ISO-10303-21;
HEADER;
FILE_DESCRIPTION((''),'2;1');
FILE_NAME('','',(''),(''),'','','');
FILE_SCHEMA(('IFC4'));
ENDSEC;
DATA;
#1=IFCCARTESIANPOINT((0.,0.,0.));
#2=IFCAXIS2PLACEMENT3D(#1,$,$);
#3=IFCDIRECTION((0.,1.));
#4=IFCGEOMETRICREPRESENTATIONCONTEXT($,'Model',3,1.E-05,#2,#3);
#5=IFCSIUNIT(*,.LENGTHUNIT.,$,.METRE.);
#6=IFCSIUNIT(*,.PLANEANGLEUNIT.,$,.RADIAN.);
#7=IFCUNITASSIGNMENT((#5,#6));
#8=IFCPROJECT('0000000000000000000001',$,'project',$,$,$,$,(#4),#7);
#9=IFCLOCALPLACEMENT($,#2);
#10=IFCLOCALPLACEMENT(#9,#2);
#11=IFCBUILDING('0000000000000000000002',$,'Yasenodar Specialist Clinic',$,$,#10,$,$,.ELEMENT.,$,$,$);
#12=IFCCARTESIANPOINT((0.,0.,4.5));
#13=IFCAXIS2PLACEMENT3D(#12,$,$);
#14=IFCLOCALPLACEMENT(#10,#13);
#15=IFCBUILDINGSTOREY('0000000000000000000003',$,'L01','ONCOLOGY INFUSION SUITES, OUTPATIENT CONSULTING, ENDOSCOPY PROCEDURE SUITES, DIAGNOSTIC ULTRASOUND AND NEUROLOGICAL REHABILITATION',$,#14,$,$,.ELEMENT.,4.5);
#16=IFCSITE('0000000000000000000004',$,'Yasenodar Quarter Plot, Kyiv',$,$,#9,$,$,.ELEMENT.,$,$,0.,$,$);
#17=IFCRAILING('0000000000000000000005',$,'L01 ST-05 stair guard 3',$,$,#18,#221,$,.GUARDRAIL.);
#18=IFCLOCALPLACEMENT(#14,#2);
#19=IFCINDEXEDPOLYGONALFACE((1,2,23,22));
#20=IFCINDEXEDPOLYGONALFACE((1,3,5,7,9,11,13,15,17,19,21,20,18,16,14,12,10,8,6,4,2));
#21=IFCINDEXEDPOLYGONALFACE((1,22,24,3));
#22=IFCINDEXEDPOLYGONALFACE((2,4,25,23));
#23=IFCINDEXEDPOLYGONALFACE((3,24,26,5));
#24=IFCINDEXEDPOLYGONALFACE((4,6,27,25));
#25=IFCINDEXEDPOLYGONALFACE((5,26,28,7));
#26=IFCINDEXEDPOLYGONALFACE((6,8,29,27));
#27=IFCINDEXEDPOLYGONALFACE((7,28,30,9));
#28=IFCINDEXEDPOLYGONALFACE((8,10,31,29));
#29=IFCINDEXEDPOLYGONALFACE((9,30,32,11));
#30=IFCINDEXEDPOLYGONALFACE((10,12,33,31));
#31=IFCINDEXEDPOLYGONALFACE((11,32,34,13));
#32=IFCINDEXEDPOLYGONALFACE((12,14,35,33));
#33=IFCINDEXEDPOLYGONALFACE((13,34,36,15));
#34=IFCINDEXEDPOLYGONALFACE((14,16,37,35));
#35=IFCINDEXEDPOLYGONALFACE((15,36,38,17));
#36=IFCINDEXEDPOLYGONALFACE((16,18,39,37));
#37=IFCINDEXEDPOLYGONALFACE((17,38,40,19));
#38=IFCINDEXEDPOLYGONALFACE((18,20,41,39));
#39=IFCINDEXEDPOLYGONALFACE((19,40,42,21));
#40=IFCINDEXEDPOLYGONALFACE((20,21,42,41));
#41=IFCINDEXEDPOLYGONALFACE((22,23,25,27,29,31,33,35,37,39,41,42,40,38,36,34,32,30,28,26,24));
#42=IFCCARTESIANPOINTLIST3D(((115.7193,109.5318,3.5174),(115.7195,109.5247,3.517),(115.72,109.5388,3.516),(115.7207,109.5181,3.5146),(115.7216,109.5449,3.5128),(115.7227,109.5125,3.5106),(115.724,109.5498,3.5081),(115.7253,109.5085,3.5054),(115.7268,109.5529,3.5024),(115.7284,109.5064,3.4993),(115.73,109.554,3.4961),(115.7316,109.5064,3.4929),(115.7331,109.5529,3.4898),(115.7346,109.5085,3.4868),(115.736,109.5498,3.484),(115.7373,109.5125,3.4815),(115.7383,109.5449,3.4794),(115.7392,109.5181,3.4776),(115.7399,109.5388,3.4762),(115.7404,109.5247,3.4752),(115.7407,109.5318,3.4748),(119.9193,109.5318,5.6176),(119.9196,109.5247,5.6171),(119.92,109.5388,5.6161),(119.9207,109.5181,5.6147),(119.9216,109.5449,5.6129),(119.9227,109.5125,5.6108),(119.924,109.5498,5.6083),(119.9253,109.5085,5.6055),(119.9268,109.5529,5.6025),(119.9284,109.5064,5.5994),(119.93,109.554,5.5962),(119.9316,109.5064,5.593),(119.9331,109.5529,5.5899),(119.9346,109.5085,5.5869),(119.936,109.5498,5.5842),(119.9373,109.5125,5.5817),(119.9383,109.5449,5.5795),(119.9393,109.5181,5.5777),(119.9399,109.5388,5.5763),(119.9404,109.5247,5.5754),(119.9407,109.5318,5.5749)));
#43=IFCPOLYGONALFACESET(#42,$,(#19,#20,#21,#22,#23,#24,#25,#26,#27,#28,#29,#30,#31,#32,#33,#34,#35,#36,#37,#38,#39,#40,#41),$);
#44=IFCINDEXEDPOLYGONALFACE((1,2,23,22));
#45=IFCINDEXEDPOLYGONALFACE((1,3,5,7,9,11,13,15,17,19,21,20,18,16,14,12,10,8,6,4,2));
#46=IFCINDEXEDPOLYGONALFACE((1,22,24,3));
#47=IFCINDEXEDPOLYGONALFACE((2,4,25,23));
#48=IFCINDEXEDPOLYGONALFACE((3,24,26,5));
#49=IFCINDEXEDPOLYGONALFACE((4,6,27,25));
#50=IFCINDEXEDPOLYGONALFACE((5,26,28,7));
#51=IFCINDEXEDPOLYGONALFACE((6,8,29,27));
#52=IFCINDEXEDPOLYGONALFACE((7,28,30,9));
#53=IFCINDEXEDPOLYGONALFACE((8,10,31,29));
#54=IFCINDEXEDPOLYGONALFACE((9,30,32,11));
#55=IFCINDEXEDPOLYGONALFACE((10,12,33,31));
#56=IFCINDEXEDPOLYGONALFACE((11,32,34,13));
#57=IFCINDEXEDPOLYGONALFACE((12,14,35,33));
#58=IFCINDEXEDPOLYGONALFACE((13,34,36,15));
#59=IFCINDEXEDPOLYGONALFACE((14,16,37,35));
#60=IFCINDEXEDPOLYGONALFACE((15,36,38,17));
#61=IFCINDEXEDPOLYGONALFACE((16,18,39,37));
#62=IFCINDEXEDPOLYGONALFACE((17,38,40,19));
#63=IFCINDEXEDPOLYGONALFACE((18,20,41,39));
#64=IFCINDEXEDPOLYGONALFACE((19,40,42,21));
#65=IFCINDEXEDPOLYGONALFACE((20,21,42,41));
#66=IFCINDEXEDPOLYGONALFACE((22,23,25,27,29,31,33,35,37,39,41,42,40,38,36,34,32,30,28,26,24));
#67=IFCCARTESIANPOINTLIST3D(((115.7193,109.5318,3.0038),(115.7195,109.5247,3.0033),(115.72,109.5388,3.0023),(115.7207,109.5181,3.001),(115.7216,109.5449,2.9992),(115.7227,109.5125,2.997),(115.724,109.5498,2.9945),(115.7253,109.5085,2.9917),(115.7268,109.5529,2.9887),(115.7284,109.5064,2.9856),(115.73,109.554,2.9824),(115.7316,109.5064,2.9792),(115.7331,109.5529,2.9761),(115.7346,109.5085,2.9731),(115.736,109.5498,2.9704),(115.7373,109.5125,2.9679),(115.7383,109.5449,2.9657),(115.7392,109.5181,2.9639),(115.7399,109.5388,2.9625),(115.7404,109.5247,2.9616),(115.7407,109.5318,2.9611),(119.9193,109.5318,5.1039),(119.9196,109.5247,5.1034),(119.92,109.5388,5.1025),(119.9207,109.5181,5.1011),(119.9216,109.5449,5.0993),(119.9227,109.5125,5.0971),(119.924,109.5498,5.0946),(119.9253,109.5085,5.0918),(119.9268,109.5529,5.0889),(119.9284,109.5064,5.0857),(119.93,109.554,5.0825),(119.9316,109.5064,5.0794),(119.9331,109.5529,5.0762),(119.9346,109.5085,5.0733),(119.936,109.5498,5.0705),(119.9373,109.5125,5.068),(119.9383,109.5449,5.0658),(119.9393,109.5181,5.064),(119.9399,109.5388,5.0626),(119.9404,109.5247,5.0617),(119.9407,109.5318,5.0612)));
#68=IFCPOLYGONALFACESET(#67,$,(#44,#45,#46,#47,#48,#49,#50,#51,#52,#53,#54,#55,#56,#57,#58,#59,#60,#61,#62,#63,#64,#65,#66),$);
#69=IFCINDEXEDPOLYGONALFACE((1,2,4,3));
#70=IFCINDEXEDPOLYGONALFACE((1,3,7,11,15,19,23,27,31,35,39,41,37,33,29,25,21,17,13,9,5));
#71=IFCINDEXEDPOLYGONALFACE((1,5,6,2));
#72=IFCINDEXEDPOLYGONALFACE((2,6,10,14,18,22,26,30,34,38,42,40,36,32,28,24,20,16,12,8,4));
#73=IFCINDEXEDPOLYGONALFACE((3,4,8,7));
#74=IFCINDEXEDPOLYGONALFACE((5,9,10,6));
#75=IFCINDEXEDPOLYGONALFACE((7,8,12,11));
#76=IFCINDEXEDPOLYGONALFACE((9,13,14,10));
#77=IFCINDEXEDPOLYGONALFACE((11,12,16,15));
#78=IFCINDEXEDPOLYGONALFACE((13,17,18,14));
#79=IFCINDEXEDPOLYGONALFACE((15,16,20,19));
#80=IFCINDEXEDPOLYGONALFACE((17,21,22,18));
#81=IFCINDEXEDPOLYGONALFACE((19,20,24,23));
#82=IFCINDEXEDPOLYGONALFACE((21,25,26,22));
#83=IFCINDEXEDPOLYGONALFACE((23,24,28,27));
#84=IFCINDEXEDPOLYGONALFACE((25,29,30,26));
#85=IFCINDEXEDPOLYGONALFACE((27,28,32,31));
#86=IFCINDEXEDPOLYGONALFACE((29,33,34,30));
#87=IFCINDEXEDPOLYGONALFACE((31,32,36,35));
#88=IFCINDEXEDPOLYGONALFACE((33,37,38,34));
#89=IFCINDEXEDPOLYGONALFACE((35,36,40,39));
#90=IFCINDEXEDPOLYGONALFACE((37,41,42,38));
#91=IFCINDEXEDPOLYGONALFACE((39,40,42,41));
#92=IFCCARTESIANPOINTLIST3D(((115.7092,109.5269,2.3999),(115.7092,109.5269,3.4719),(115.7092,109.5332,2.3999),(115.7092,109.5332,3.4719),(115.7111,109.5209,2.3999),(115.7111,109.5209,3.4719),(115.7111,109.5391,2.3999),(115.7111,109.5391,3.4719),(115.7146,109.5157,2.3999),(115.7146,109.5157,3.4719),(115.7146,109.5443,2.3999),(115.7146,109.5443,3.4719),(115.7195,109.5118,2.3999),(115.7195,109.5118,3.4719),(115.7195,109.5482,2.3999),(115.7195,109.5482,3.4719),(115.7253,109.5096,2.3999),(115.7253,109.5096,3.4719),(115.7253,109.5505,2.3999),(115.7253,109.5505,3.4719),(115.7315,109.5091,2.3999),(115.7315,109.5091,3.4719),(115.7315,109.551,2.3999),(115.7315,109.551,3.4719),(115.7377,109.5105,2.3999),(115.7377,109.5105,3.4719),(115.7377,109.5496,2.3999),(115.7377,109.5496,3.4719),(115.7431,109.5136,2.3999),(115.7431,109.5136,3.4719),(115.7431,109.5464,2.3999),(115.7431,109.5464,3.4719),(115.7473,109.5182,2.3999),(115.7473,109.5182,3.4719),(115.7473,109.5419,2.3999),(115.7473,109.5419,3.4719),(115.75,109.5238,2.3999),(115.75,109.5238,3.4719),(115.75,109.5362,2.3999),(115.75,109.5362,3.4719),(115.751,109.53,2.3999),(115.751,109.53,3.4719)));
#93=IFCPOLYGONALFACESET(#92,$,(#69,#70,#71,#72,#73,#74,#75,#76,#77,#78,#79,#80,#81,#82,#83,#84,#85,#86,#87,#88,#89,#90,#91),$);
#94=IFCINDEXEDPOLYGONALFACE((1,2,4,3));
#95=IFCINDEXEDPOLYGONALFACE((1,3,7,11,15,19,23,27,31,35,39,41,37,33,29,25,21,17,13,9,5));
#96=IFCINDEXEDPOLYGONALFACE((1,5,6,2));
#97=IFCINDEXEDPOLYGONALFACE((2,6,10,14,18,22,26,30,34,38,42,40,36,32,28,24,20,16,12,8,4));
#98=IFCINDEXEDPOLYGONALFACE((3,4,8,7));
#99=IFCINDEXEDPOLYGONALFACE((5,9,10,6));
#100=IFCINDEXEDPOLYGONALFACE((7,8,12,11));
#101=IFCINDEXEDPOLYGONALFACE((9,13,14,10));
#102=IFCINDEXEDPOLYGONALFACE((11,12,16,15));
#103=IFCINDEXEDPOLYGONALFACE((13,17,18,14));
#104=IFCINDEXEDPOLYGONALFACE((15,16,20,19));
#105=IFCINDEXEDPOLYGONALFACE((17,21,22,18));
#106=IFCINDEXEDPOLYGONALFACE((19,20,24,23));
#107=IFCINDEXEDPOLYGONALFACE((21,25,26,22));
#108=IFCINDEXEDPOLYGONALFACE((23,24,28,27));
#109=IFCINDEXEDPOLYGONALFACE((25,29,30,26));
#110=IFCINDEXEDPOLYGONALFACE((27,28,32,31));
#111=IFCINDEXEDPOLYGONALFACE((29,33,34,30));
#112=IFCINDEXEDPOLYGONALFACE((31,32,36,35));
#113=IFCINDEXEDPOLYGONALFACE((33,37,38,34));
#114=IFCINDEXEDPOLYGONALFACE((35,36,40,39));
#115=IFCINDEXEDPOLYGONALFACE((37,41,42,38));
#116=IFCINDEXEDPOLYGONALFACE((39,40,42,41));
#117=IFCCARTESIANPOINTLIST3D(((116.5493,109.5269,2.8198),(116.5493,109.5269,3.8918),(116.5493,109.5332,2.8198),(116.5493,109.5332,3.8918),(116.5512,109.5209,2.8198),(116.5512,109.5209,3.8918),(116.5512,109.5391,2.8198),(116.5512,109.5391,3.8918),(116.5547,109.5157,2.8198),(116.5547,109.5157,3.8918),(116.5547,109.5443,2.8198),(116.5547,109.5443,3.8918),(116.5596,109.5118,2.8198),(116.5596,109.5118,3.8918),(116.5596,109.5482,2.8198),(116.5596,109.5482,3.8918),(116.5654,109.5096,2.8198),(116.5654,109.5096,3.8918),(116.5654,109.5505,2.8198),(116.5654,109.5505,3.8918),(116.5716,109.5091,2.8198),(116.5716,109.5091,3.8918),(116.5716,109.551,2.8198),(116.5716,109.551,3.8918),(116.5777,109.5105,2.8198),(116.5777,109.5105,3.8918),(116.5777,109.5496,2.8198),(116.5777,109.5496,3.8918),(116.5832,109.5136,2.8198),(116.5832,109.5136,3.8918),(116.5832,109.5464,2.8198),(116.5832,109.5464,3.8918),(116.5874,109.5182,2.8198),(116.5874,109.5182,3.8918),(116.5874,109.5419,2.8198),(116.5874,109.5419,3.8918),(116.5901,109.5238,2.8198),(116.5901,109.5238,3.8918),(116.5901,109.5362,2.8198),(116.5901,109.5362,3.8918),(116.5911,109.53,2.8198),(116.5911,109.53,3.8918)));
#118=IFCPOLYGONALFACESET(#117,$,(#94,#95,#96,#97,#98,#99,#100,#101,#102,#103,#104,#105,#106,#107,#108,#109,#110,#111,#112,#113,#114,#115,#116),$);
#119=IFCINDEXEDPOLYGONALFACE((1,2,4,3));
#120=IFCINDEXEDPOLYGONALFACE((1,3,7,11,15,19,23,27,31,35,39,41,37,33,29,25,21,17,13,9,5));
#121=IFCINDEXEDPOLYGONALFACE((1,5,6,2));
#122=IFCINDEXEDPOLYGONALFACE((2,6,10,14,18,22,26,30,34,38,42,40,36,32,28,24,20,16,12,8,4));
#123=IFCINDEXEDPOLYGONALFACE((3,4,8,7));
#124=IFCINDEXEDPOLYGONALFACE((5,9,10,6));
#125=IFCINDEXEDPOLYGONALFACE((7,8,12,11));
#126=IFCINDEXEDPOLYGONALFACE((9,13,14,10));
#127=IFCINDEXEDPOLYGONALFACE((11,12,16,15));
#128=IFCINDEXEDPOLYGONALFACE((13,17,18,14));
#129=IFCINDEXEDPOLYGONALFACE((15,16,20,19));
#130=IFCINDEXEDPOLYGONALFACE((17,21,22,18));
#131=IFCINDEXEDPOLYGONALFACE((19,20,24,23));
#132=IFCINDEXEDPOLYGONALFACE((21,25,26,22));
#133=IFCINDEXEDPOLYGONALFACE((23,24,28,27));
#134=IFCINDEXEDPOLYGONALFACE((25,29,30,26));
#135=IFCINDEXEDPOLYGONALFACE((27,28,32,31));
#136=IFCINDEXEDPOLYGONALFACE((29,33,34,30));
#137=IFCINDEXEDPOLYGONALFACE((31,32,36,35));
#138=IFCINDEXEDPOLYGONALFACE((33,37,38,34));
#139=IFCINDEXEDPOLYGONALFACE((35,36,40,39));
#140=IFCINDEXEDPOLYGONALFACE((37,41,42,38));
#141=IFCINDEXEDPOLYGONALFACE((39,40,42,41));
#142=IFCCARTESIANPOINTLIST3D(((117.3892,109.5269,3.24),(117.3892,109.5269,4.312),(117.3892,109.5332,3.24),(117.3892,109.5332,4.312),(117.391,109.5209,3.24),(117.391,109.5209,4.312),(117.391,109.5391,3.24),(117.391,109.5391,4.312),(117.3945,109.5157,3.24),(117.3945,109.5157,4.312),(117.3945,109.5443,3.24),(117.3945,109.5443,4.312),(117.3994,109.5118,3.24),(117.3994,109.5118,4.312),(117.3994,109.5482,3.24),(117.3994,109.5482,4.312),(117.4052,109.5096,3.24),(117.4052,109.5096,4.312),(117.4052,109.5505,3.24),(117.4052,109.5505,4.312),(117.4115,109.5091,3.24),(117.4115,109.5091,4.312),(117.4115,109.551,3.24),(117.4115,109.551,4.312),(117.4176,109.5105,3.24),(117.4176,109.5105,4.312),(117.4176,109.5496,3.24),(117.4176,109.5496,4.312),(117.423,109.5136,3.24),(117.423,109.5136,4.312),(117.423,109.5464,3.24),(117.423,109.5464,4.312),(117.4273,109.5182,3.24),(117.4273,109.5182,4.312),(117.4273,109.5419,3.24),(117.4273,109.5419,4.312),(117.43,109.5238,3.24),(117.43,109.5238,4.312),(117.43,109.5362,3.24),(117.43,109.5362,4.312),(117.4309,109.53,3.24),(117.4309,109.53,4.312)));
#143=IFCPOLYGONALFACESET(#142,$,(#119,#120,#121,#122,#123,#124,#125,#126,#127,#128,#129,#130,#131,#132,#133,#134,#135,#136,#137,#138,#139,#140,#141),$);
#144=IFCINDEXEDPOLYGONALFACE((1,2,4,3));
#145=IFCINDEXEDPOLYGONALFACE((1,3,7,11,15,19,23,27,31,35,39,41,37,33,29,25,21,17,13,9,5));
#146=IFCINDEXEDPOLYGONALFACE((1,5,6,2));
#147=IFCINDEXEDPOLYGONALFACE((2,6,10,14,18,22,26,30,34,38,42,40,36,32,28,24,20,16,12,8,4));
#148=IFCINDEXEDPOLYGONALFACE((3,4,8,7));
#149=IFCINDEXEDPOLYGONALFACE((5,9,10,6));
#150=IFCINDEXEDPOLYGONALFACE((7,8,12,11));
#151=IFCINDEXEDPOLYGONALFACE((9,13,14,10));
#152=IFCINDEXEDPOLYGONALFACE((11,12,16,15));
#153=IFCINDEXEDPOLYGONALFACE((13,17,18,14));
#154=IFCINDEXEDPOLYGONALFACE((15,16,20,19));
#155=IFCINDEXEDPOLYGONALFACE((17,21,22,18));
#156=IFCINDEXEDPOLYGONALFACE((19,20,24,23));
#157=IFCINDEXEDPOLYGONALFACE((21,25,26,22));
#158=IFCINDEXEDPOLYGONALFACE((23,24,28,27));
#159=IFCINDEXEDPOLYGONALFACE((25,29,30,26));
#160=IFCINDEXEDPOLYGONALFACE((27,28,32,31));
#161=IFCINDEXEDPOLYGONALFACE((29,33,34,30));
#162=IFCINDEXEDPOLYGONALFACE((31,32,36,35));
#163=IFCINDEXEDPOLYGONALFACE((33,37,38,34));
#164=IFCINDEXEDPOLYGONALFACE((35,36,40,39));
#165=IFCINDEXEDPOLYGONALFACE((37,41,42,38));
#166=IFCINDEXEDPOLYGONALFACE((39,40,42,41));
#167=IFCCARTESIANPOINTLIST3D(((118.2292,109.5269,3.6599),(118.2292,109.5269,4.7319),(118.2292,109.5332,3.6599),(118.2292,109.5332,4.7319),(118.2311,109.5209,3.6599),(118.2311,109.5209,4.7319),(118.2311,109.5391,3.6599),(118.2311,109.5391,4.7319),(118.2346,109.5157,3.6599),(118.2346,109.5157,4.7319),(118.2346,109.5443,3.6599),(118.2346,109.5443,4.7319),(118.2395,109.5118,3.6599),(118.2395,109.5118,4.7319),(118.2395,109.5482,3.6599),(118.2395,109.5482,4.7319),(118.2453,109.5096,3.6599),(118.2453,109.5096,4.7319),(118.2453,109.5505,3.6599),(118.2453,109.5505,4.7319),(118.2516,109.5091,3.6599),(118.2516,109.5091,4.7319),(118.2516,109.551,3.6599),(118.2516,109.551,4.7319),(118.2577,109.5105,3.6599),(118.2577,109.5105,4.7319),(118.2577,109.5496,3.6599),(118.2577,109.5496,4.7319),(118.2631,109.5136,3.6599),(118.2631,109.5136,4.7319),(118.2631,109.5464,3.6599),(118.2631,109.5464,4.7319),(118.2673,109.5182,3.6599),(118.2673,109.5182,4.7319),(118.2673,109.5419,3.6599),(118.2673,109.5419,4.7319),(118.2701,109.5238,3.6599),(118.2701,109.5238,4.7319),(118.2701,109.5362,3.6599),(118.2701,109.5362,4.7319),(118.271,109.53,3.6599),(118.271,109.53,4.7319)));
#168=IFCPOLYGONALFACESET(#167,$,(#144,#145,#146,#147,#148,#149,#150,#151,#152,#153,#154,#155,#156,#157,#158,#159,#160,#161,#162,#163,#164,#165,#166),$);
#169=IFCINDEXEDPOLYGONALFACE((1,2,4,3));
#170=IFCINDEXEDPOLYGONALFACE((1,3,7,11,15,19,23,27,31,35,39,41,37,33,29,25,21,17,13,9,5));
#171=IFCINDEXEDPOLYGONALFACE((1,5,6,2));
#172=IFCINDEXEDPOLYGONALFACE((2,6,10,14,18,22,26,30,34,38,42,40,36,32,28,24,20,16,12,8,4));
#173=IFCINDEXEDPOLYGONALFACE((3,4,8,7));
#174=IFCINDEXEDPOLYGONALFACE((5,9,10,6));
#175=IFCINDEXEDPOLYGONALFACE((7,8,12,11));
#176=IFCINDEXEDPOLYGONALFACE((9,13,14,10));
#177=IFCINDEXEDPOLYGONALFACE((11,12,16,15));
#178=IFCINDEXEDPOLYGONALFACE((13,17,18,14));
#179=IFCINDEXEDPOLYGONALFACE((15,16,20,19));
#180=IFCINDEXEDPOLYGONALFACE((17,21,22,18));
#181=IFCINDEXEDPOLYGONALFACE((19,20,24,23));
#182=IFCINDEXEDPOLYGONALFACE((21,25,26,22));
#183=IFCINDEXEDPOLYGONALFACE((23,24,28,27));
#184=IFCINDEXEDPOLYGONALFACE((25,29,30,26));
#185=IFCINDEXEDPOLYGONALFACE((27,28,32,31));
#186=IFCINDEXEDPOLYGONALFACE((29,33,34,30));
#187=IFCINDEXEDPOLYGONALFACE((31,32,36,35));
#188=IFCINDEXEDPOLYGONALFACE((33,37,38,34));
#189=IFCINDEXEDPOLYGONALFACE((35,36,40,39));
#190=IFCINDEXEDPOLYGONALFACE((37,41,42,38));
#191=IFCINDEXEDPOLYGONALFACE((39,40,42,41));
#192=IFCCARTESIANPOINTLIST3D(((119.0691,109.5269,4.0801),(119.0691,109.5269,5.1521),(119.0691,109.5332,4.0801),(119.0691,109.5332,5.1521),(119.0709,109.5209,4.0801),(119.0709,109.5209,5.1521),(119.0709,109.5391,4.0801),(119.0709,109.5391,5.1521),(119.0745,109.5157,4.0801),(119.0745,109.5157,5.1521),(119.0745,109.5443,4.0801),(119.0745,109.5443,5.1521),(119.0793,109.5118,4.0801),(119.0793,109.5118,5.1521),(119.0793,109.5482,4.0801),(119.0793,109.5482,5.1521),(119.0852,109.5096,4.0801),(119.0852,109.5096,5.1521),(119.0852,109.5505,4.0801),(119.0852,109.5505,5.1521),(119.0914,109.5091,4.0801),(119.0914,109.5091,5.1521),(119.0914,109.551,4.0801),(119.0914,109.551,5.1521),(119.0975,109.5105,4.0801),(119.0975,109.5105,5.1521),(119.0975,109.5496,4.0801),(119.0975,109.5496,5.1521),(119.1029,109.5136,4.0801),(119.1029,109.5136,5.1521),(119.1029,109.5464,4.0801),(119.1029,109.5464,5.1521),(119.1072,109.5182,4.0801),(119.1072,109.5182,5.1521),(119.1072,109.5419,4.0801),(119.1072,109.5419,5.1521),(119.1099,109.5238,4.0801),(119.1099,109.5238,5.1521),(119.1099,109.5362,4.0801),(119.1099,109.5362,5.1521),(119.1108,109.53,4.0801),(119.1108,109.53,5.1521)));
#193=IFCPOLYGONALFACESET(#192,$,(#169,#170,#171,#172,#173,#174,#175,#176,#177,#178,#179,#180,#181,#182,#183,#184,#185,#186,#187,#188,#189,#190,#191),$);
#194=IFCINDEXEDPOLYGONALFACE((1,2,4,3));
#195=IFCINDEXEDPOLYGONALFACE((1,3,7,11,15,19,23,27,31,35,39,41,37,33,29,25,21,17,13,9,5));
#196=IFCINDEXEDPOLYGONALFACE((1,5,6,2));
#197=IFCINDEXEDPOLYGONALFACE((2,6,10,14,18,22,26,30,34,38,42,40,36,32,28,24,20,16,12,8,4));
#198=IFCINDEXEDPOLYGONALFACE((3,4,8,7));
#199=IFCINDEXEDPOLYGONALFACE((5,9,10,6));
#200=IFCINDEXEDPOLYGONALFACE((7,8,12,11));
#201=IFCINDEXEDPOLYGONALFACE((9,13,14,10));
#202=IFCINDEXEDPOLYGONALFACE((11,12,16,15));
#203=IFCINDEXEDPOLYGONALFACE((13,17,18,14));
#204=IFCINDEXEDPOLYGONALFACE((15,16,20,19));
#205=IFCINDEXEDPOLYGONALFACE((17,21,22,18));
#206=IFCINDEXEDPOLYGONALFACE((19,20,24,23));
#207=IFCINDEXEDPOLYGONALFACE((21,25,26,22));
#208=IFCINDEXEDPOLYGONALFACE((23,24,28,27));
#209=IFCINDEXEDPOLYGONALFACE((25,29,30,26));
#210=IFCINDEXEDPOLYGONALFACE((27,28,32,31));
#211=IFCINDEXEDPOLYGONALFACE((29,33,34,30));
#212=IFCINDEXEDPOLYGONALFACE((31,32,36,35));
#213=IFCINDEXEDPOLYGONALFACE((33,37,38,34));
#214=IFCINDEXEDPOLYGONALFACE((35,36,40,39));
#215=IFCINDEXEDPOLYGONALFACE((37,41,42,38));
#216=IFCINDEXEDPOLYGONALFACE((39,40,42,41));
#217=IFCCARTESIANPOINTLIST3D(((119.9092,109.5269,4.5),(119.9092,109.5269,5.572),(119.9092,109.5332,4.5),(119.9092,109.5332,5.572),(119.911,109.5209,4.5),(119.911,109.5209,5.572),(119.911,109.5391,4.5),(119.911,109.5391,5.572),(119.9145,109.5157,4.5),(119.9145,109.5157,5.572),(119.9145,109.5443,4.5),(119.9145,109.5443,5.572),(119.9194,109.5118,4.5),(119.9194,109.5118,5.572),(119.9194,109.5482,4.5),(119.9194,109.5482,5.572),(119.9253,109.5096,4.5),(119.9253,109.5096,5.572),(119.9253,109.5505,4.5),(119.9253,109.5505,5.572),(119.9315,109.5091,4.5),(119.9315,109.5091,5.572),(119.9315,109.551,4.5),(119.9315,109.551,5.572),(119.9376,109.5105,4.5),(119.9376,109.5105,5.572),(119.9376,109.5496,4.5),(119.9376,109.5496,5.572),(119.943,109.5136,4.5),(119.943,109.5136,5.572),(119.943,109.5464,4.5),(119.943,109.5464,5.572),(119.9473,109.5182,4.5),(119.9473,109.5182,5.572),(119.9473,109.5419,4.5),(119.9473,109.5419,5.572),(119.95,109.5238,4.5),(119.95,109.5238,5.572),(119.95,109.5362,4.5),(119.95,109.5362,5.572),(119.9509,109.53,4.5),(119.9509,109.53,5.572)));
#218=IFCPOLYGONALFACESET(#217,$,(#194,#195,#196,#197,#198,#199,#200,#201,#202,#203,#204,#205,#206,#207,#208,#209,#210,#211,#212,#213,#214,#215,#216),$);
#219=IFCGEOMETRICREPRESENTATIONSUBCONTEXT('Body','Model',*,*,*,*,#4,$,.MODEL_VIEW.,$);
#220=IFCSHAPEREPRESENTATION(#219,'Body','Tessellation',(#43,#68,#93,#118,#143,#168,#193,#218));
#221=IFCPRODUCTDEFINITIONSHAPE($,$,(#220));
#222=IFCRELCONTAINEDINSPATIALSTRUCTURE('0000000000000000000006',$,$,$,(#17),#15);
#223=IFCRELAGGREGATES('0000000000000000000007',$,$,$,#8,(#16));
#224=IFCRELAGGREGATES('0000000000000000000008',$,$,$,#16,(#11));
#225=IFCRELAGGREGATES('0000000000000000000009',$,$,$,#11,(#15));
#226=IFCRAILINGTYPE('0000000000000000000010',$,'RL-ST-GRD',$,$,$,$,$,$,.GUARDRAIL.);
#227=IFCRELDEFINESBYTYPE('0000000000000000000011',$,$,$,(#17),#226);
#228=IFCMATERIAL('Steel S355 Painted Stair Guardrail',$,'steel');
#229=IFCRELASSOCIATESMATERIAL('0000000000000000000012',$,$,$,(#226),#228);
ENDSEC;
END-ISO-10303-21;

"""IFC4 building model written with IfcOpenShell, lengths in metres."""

from ifc_helpers import new_model, si_unit, direction, frame, origin, origin_2d, place, context, subcontext, project, spatial, circle, extrude, material, type_object, element, save


model = new_model("IFC4")

# Units and contexts
model_context = context("Model", 3, precision=1e-05, world=origin(), true_north=direction((0.0, 1.0)))
body_context = subcontext(model_context, "Body", "Model", "MODEL_VIEW")
ifc_project = project(units=[si_unit("LENGTHUNIT", "METRE"), si_unit("PLANEANGLEUNIT", "RADIAN")], contexts=[model_context])

# Site, building, storey
site_placement = place(None, origin())
site = spatial("IfcSite", under=ifc_project, at=site_placement, Name="Yasenodar Quarter Plot, Kyiv", CompositionType="ELEMENT", RefElevation=0.0)
building_placement = place(site_placement, origin())
building = spatial("IfcBuilding", under=site, at=building_placement, Name="Yasenodar Specialist Clinic", CompositionType="ELEMENT")
storey_placement = place(building_placement, frame((0.0, 0.0, 4.5)))
storey = spatial("IfcBuildingStorey", under=building, at=storey_placement, Name="L01", Description="ONCOLOGY INFUSION SUITES, OUTPATIENT CONSULTING, ENDOSCOPY PROCEDURE SUITES, DIAGNOSTIC ULTRASOUND AND NEUROLOGICAL REHABILITATION", CompositionType="ELEMENT", Elevation=4.5)

# Railing
ifc_material_1 = material(Name="Steel S355 Painted Stair Guardrail", Category="steel")
railing_type_1 = type_object("IfcRailingType", Name="RL-ST-GRD", PredefinedType="GUARDRAIL", material=ifc_material_1)
railing_1_placement = place(storey_placement, frame((115.73, 109.53, 2.3999)))
element("IfcRailing", 1, at=railing_1_placement, inside=storey, type_object=railing_type_1, Name="L01 ST-05 stair guard 3", PredefinedType="GUARDRAIL", context=body_context, shape_type="SweptSolid", body=[
    extrude(circle(Radius=0.0239, at=origin_2d()), frame((0.0, 0.0, 1.0962), z_axis=(0.894417, 0.0, 0.447234), x_axis=(0.0, 1.0, 0.0)), (0.0, 0.0, 1.0), 4.6958),
    extrude(circle(Radius=0.0239, at=origin_2d()), frame((0.0, 0.0, 0.5825), z_axis=(0.894417, 0.0, 0.447234), x_axis=(0.0, 1.0, 0.0)), (0.0, 0.0, 1.0), 4.6958),
    extrude(circle(Radius=0.021, at=origin_2d()), origin(), (0.0, 0.0, 1.0), 1.072),
    extrude(circle(Radius=0.021, at=origin_2d()), frame((0.8401, 0.0, 0.4199)), (0.0, 0.0, 1.0), 1.072),
    extrude(circle(Radius=0.021, at=origin_2d()), frame((1.6799, 0.0, 0.8401)), (0.0, 0.0, 1.0), 1.072),
    extrude(circle(Radius=0.021, at=origin_2d()), frame((2.52, 0.0, 1.26)), (0.0, 0.0, 1.0), 1.072),
    extrude(circle(Radius=0.021, at=origin_2d()), frame((3.3599, 0.0, 1.6802)), (0.0, 0.0, 1.0), 1.072),
    extrude(circle(Radius=0.021, at=origin_2d()), frame((4.2, 0.0, 2.1001)), (0.0, 0.0, 1.0), 1.072),
])

save(model, "model.ifc")
